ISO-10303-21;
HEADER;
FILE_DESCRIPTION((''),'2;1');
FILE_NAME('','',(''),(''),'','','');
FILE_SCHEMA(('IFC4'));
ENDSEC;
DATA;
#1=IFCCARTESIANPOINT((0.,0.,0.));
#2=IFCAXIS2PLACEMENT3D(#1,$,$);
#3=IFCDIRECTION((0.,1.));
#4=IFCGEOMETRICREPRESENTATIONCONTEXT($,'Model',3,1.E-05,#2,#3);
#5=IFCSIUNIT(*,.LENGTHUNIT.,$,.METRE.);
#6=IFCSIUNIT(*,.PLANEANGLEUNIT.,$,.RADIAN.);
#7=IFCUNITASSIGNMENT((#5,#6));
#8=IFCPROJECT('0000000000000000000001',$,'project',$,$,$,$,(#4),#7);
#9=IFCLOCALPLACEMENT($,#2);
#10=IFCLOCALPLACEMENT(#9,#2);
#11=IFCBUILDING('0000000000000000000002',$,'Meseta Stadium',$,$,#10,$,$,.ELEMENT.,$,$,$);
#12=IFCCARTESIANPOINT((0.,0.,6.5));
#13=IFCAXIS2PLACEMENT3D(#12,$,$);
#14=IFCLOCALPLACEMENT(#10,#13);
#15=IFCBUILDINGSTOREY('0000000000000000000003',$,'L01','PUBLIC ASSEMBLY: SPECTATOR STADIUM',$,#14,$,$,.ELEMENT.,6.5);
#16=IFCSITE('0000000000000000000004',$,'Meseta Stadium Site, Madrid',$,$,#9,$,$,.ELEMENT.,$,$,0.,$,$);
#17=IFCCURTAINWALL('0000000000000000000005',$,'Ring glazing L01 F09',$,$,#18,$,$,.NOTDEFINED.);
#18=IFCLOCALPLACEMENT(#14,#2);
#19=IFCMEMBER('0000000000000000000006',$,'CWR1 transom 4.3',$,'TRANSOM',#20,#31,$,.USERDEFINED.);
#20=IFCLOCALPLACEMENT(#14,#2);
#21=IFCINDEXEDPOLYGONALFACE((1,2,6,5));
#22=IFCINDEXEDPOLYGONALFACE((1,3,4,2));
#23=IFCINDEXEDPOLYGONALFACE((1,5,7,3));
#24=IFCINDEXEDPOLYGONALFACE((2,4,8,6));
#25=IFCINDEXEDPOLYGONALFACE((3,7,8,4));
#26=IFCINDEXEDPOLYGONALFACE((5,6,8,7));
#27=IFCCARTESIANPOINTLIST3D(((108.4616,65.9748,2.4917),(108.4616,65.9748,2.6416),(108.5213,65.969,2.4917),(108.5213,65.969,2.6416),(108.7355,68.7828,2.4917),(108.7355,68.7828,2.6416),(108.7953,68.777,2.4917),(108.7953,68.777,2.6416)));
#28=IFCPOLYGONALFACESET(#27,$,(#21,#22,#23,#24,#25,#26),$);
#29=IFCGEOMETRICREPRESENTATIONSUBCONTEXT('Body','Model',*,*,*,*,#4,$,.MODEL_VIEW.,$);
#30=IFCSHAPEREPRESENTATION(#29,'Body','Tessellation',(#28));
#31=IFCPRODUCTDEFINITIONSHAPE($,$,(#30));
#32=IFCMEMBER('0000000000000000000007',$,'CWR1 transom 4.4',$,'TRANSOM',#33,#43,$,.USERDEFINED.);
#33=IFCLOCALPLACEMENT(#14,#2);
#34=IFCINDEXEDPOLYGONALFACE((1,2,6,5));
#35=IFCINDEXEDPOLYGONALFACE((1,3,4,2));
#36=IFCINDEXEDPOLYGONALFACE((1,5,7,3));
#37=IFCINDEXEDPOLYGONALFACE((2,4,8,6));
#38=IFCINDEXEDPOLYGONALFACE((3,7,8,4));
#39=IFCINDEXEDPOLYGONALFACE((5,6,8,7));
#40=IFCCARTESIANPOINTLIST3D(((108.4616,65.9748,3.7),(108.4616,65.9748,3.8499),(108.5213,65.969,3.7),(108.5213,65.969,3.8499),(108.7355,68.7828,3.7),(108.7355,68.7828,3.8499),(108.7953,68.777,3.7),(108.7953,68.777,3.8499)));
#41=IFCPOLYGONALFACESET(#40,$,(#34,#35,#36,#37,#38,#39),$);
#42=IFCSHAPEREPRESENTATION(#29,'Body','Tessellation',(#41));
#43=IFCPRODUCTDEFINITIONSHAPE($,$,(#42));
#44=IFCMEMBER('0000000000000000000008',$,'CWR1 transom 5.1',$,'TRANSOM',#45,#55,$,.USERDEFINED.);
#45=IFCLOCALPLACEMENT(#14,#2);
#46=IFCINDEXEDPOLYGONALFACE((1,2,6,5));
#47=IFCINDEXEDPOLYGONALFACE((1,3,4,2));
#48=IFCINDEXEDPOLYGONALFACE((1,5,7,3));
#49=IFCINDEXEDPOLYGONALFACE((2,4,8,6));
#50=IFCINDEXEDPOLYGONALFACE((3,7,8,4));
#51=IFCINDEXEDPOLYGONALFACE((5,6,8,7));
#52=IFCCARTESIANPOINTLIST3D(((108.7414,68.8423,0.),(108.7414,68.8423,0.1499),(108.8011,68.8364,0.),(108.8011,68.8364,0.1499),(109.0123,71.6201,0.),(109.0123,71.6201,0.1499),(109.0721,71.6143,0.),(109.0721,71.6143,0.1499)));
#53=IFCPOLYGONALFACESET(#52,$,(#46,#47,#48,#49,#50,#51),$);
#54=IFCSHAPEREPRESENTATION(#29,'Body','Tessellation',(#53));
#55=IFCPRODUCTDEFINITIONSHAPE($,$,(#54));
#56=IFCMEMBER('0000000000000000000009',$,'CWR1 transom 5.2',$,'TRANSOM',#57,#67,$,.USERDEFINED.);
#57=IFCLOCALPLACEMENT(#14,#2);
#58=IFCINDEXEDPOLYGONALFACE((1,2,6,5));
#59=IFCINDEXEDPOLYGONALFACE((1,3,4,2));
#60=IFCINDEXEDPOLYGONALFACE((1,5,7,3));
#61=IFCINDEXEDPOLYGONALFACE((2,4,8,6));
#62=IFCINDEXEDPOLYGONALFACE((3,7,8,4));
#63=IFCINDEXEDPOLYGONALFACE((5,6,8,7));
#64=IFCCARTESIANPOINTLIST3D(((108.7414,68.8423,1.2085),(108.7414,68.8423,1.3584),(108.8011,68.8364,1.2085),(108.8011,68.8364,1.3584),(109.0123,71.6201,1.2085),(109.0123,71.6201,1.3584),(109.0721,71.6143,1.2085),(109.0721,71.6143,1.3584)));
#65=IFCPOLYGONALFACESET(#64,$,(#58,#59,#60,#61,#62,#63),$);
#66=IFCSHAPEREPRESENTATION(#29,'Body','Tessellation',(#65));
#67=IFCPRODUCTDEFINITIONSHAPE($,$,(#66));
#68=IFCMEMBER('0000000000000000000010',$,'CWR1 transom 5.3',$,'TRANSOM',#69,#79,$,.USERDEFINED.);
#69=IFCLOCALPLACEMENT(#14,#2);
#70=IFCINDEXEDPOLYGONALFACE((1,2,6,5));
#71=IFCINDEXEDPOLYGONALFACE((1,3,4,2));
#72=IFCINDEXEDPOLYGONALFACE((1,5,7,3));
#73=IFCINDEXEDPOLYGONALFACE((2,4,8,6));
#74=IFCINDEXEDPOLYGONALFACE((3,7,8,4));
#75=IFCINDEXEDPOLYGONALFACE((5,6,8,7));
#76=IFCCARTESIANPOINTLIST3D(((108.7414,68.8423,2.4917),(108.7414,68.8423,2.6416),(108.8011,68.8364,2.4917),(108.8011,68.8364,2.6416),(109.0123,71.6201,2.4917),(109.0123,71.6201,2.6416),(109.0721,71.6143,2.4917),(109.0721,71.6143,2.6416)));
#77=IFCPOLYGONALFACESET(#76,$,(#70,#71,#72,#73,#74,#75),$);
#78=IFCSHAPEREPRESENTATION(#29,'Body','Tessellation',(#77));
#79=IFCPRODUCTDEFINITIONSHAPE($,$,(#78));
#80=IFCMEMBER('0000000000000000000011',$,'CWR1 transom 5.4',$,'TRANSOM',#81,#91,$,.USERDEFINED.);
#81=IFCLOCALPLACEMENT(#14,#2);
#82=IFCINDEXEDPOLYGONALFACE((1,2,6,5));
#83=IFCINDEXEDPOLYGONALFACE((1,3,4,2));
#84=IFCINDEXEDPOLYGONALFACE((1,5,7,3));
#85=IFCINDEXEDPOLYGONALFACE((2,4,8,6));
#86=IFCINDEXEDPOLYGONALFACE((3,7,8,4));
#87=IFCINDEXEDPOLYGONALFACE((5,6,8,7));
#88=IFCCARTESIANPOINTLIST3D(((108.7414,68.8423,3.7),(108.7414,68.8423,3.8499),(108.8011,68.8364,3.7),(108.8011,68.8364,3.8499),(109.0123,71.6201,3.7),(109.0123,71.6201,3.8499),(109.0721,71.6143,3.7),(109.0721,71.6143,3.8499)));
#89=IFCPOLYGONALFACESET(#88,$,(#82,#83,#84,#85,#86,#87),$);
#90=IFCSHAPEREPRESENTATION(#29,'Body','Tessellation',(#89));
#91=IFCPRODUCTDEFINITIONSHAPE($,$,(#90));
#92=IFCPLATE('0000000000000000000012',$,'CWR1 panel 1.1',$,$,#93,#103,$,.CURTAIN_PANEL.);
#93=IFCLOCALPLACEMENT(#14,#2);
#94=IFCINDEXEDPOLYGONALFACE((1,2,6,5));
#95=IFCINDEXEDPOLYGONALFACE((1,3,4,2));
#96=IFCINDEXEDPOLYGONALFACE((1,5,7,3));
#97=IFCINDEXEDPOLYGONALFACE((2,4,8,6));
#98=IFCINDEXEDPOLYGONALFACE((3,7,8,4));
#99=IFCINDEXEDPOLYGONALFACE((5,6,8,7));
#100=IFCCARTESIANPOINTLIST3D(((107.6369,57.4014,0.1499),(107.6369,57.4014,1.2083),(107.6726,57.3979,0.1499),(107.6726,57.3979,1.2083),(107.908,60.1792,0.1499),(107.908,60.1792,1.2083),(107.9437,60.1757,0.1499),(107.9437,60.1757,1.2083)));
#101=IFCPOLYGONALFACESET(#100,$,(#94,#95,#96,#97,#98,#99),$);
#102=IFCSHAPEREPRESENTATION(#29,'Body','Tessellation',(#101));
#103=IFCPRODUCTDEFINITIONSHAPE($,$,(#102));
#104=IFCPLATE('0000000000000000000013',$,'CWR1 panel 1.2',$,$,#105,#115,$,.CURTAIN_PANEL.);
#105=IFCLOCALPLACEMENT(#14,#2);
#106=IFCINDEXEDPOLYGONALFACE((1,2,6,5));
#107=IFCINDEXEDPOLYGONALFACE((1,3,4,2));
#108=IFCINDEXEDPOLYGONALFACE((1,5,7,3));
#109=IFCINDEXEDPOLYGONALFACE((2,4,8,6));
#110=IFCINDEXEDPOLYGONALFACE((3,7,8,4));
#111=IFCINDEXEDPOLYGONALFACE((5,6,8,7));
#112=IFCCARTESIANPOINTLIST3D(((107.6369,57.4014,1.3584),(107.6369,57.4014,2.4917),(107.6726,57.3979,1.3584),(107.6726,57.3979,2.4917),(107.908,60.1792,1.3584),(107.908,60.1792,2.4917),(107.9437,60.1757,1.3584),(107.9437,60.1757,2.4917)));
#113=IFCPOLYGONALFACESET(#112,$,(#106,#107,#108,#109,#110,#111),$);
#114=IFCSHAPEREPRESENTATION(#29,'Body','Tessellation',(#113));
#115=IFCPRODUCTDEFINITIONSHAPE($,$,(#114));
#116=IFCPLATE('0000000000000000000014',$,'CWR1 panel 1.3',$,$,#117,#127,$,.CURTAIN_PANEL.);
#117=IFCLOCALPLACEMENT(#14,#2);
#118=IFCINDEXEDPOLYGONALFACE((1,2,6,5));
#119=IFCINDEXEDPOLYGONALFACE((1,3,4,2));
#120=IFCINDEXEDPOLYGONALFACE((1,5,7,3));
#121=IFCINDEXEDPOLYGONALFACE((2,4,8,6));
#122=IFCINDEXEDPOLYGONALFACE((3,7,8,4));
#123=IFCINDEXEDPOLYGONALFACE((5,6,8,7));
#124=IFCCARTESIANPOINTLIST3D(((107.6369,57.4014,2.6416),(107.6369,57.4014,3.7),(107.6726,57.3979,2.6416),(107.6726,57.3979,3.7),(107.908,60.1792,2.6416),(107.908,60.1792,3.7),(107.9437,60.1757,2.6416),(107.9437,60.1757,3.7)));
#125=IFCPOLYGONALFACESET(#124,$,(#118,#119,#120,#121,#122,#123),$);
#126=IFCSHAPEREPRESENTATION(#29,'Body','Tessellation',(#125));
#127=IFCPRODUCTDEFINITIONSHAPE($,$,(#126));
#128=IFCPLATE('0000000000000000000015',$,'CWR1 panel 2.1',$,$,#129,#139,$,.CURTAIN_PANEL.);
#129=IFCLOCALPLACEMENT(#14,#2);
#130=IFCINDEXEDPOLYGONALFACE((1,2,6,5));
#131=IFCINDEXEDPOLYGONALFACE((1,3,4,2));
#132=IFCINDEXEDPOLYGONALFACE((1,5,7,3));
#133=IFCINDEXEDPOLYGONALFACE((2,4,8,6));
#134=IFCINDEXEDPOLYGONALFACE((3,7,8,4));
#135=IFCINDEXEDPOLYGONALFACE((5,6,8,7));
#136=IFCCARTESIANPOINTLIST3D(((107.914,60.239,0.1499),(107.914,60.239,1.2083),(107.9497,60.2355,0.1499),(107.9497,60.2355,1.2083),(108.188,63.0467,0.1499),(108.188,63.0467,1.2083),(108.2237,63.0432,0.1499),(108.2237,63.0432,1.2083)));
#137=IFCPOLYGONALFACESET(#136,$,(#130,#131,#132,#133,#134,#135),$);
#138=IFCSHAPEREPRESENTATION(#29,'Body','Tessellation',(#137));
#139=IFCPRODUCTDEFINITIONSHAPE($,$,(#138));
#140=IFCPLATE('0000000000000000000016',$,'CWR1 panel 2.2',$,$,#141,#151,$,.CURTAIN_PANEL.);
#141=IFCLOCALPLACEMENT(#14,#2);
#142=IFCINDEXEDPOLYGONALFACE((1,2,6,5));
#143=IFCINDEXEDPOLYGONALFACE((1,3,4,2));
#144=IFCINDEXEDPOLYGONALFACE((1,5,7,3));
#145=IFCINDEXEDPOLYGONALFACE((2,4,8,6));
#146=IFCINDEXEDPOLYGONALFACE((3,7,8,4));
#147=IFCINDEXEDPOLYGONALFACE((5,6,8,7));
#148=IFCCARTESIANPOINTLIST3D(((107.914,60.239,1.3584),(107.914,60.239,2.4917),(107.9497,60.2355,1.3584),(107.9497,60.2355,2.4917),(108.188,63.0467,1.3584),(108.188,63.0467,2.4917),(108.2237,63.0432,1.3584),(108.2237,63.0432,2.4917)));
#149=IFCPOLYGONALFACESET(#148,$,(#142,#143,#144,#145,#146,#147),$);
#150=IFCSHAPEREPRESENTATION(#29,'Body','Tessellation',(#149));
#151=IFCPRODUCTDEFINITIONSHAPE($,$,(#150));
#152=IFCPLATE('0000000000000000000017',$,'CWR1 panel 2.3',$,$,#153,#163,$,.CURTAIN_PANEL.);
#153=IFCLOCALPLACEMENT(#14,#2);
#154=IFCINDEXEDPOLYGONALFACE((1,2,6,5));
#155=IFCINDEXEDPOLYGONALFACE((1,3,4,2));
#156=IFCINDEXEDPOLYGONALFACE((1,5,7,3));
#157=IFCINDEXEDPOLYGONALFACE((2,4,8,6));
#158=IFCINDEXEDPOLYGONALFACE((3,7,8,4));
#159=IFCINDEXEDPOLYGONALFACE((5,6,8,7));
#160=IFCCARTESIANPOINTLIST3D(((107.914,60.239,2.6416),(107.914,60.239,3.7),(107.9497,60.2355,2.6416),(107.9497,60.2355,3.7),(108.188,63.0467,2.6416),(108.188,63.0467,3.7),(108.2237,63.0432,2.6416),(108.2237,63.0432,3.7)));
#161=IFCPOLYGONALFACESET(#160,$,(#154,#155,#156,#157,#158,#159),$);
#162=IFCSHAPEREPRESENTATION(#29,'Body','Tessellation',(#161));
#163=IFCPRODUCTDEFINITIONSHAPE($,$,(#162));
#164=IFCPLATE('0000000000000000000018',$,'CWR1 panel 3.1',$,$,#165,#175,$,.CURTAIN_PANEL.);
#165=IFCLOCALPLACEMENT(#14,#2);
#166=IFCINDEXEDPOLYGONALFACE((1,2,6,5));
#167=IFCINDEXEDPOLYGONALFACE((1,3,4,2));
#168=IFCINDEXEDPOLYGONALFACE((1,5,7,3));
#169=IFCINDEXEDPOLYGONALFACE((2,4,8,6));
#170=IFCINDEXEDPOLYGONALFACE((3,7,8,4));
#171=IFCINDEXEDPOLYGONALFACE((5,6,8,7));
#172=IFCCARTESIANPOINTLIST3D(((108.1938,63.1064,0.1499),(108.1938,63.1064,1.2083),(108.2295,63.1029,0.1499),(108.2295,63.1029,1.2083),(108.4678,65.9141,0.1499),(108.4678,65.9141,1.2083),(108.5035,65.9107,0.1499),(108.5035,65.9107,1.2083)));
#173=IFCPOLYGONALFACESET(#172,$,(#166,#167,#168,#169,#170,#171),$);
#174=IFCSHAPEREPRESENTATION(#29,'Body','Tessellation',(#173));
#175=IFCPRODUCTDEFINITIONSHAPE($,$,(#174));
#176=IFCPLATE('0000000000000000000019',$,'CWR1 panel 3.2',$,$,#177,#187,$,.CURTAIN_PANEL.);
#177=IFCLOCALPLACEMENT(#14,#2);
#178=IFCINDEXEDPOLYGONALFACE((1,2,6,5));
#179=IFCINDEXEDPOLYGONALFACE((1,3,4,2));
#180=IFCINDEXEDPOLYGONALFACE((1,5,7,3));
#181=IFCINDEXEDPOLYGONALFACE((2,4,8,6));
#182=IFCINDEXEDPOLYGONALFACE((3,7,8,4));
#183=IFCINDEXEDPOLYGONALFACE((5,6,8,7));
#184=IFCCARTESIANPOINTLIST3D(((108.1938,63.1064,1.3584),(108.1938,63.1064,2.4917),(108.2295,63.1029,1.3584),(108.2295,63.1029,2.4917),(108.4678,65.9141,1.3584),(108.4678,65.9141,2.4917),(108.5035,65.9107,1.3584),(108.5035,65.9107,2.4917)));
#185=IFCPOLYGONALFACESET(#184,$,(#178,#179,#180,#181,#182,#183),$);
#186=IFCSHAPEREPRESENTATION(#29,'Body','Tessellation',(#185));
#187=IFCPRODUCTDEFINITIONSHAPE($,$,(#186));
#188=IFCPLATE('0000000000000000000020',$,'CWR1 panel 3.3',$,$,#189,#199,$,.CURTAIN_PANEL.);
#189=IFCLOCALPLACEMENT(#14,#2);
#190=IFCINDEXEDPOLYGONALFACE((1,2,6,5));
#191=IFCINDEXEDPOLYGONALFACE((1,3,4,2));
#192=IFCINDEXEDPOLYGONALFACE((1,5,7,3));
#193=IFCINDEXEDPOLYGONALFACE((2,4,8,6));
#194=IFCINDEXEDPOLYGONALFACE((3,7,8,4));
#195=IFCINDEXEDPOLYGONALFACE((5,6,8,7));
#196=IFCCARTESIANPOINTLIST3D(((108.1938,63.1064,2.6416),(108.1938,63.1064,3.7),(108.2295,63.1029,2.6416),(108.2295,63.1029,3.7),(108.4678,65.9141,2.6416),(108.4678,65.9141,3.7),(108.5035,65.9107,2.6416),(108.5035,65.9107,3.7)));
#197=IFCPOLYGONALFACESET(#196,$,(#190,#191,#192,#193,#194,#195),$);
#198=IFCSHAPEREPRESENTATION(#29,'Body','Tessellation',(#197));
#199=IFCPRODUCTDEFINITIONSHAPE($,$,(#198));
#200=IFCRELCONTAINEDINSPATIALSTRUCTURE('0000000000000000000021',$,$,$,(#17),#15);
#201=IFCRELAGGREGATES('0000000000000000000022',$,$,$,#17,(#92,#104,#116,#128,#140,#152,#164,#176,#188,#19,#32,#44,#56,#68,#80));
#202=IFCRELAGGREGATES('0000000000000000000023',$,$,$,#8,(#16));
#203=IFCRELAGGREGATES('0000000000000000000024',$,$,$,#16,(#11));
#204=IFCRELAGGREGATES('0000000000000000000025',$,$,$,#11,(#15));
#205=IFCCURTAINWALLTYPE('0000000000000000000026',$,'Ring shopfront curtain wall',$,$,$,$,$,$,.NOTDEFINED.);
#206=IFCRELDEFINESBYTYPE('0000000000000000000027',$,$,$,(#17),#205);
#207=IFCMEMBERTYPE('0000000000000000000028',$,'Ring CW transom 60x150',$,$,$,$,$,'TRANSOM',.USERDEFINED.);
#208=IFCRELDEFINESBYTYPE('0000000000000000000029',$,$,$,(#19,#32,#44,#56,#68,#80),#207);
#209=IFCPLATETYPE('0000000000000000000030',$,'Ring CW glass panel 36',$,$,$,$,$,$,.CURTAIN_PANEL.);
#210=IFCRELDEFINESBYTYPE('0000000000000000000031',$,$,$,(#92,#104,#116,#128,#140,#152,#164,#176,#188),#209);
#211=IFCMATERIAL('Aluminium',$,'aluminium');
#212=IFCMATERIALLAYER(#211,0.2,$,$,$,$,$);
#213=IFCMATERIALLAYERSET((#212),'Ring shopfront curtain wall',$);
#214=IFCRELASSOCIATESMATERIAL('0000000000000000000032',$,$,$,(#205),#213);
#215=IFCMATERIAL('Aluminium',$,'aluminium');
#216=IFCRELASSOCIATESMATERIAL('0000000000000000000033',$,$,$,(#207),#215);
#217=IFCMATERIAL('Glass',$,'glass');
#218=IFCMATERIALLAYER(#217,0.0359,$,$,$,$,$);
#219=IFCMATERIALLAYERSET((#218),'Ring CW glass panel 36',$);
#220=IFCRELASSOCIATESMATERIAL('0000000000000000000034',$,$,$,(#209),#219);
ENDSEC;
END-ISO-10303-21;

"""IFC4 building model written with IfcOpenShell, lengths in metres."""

from ifc_helpers import new_model, si_unit, direction, frame, origin, origin_2d, place, context, subcontext, project, spatial, rectangle, extrude, material, layer, layer_set, material_profile, profile_set, type_object, element, aggregate, save


model = new_model("IFC4")

# Units and contexts
model_context = context("Model", 3, precision=1e-05, world=origin(), true_north=direction((0.0, 1.0)))
body_context = subcontext(model_context, "Body", "Model", "MODEL_VIEW")
ifc_project = project(units=[si_unit("LENGTHUNIT", "METRE"), si_unit("PLANEANGLEUNIT", "RADIAN")], contexts=[model_context])

# Site, building, storey
site_placement = place(None, origin())
site = spatial("IfcSite", under=ifc_project, at=site_placement, Name="Meseta Stadium Site, Madrid", CompositionType="ELEMENT", RefElevation=0.0)
building_placement = place(site_placement, origin())
building = spatial("IfcBuilding", under=site, at=building_placement, Name="Meseta Stadium", CompositionType="ELEMENT")
storey_placement = place(building_placement, frame((0.0, 0.0, 6.5)))
storey = spatial("IfcBuildingStorey", under=building, at=storey_placement, Name="L01", Description="PUBLIC ASSEMBLY: SPECTATOR STADIUM", CompositionType="ELEMENT", Elevation=6.5)

# Curtain wall, members, plates
ifc_material_1 = material(Name="Aluminium", Category="aluminium")
ifc_layer_1 = layer(ifc_material_1, 0.2)
ifc_layer_set_1 = layer_set([ifc_layer_1], Name="Ring shopfront curtain wall")
curtain_wall_type = type_object("IfcCurtainWallType", Name="Ring shopfront curtain wall", PredefinedType="NOTDEFINED", material=ifc_layer_set_1)
curtain_wall_placement = place(storey_placement, origin())
curtain_wall = element("IfcCurtainWall", 1, at=curtain_wall_placement, inside=storey, type_object=curtain_wall_type, Name="Ring glazing L01 F09", PredefinedType="NOTDEFINED")
ifc_material_2 = material(Name="Aluminium", Category="aluminium")
ifc_material_profile_1 = material_profile(ifc_material_2, rectangle(XDim=0.0601, YDim=0.1499, at=origin_2d()), Name="CW 60x150")
ifc_profile_set_1 = profile_set([ifc_material_profile_1], Name="Aluminium")
member_type_1 = type_object("IfcMemberType", Name="Ring CW transom 60x150", ElementType="TRANSOM", PredefinedType="USERDEFINED", material=ifc_profile_set_1)
member_1_placement = place(storey_placement, frame((108.4915, 65.9719, 2.5667), z_axis=(0.097096, 0.995275, 0.0), x_axis=(-0.995275, 0.097096, 0.0)))
member_1 = element("IfcMember", 2, at=member_1_placement, type_object=member_type_1, Name="CWR1 transom 4.3", ObjectType="TRANSOM", PredefinedType="USERDEFINED", context=body_context, shape_type="SweptSolid", body=[
    extrude(rectangle(XDim=0.0601, YDim=0.1499, at=origin_2d()), origin(), (0.0, 0.0, 1.0), 2.8213),
])
member_2_placement = place(storey_placement, frame((108.4915, 65.9719, 3.7749), z_axis=(0.097096, 0.995275, 0.0), x_axis=(-0.995275, 0.097096, 0.0)))
member_2 = element("IfcMember", 3, at=member_2_placement, type_object=member_type_1, Name="CWR1 transom 4.4", ObjectType="TRANSOM", PredefinedType="USERDEFINED", context=body_context, shape_type="SweptSolid", body=[
    extrude(rectangle(XDim=0.0601, YDim=0.1499, at=origin_2d()), origin(), (0.0, 0.0, 1.0), 2.8213),
])
member_3_placement = place(storey_placement, frame((108.7712, 68.8394, 0.075), z_axis=(0.097096, 0.995275, 0.0), x_axis=(-0.995275, 0.097096, 0.0)))
member_3 = element("IfcMember", 4, at=member_3_placement, type_object=member_type_1, Name="CWR1 transom 5.1", ObjectType="TRANSOM", PredefinedType="USERDEFINED", context=body_context, shape_type="SweptSolid", body=[
    extrude(rectangle(XDim=0.0601, YDim=0.1499, at=origin_2d()), origin(), (0.0, 0.0, 1.0), 2.791),
])
member_4_placement = place(storey_placement, frame((108.7712, 68.8394, 1.2834), z_axis=(0.097096, 0.995275, 0.0), x_axis=(-0.995275, 0.097096, 0.0)))
member_4 = element("IfcMember", 5, at=member_4_placement, type_object=member_type_1, Name="CWR1 transom 5.2", ObjectType="TRANSOM", PredefinedType="USERDEFINED", context=body_context, shape_type="SweptSolid", body=[
    extrude(rectangle(XDim=0.0601, YDim=0.1499, at=origin_2d()), origin(), (0.0, 0.0, 1.0), 2.791),
])
member_5_placement = place(storey_placement, frame((108.7712, 68.8394, 2.5667), z_axis=(0.097096, 0.995275, 0.0), x_axis=(-0.995275, 0.097096, 0.0)))
member_5 = element("IfcMember", 6, at=member_5_placement, type_object=member_type_1, Name="CWR1 transom 5.3", ObjectType="TRANSOM", PredefinedType="USERDEFINED", context=body_context, shape_type="SweptSolid", body=[
    extrude(rectangle(XDim=0.0601, YDim=0.1499, at=origin_2d()), origin(), (0.0, 0.0, 1.0), 2.791),
])
member_6_placement = place(storey_placement, frame((108.7712, 68.8394, 3.7749), z_axis=(0.097096, 0.995275, 0.0), x_axis=(-0.995275, 0.097096, 0.0)))
member_6 = element("IfcMember", 7, at=member_6_placement, type_object=member_type_1, Name="CWR1 transom 5.4", ObjectType="TRANSOM", PredefinedType="USERDEFINED", context=body_context, shape_type="SweptSolid", body=[
    extrude(rectangle(XDim=0.0601, YDim=0.1499, at=origin_2d()), origin(), (0.0, 0.0, 1.0), 2.791),
])
ifc_material_3 = material(Name="Glass", Category="glass")
ifc_layer_2 = layer(ifc_material_3, 0.0359)
ifc_layer_set_2 = layer_set([ifc_layer_2], Name="Ring CW glass panel 36")
plate_type_1 = type_object("IfcPlateType", Name="Ring CW glass panel 36", PredefinedType="CURTAIN_PANEL", material=ifc_layer_set_2)
plate_1_placement = place(storey_placement, frame((107.7903, 58.7886, 0.1499), z_axis=(0.0, 0.0, 1.0), x_axis=(0.097125, 0.995272, 0.0)))
plate_1 = element("IfcPlate", 8, at=plate_1_placement, type_object=plate_type_1, Name="CWR1 panel 1.1", PredefinedType="CURTAIN_PANEL", context=body_context, shape_type="SweptSolid", body=[
    extrude(rectangle(XDim=2.791, YDim=0.0359, at=origin_2d()), origin(), (0.0, 0.0, 1.0), 1.0583),
])
plate_2_placement = place(storey_placement, frame((107.7903, 58.7886, 1.3584), z_axis=(0.0, 0.0, 1.0), x_axis=(0.097125, 0.995272, 0.0)))
plate_2 = element("IfcPlate", 9, at=plate_2_placement, type_object=plate_type_1, Name="CWR1 panel 1.2", PredefinedType="CURTAIN_PANEL", context=body_context, shape_type="SweptSolid", body=[
    extrude(rectangle(XDim=2.791, YDim=0.0359, at=origin_2d()), origin(), (0.0, 0.0, 1.0), 1.1333),
])
plate_3_placement = place(storey_placement, frame((107.7903, 58.7886, 2.6416), z_axis=(0.0, 0.0, 1.0), x_axis=(0.097125, 0.995272, 0.0)))
plate_3 = element("IfcPlate", 10, at=plate_3_placement, type_object=plate_type_1, Name="CWR1 panel 1.3", PredefinedType="CURTAIN_PANEL", context=body_context, shape_type="SweptSolid", body=[
    extrude(rectangle(XDim=2.791, YDim=0.0359, at=origin_2d()), origin(), (0.0, 0.0, 1.0), 1.0583),
])
plate_4_placement = place(storey_placement, frame((108.0688, 61.6411, 0.1499), z_axis=(0.0, 0.0, 1.0), x_axis=(0.097125, 0.995272, 0.0)))
plate_4 = element("IfcPlate", 11, at=plate_4_placement, type_object=plate_type_1, Name="CWR1 panel 2.1", PredefinedType="CURTAIN_PANEL", context=body_context, shape_type="SweptSolid", body=[
    extrude(rectangle(XDim=2.821, YDim=0.0359, at=origin_2d()), origin(), (0.0, 0.0, 1.0), 1.0583),
])
plate_5_placement = place(storey_placement, frame((108.0688, 61.6411, 1.3584), z_axis=(0.0, 0.0, 1.0), x_axis=(0.097125, 0.995272, 0.0)))
plate_5 = element("IfcPlate", 12, at=plate_5_placement, type_object=plate_type_1, Name="CWR1 panel 2.2", PredefinedType="CURTAIN_PANEL", context=body_context, shape_type="SweptSolid", body=[
    extrude(rectangle(XDim=2.821, YDim=0.0359, at=origin_2d()), origin(), (0.0, 0.0, 1.0), 1.1333),
])
plate_6_placement = place(storey_placement, frame((108.0688, 61.6411, 2.6416), z_axis=(0.0, 0.0, 1.0), x_axis=(0.097125, 0.995272, 0.0)))
plate_6 = element("IfcPlate", 13, at=plate_6_placement, type_object=plate_type_1, Name="CWR1 panel 2.3", PredefinedType="CURTAIN_PANEL", context=body_context, shape_type="SweptSolid", body=[
    extrude(rectangle(XDim=2.821, YDim=0.0359, at=origin_2d()), origin(), (0.0, 0.0, 1.0), 1.0583),
])
plate_7_placement = place(storey_placement, frame((108.3486, 64.5085, 0.1499), z_axis=(0.0, 0.0, 1.0), x_axis=(0.097125, 0.995272, 0.0)))
plate_7 = element("IfcPlate", 14, at=plate_7_placement, type_object=plate_type_1, Name="CWR1 panel 3.1", PredefinedType="CURTAIN_PANEL", context=body_context, shape_type="SweptSolid", body=[
    extrude(rectangle(XDim=2.821, YDim=0.0359, at=origin_2d()), origin(), (0.0, 0.0, 1.0), 1.0583),
])
plate_8_placement = place(storey_placement, frame((108.3486, 64.5085, 1.3584), z_axis=(0.0, 0.0, 1.0), x_axis=(0.097125, 0.995272, 0.0)))
plate_8 = element("IfcPlate", 15, at=plate_8_placement, type_object=plate_type_1, Name="CWR1 panel 3.2", PredefinedType="CURTAIN_PANEL", context=body_context, shape_type="SweptSolid", body=[
    extrude(rectangle(XDim=2.821, YDim=0.0359, at=origin_2d()), origin(), (0.0, 0.0, 1.0), 1.1333),
])
plate_9_placement = place(storey_placement, frame((108.3486, 64.5085, 2.6416), z_axis=(0.0, 0.0, 1.0), x_axis=(0.097125, 0.995272, 0.0)))
plate_9 = element("IfcPlate", 16, at=plate_9_placement, type_object=plate_type_1, Name="CWR1 panel 3.3", PredefinedType="CURTAIN_PANEL", context=body_context, shape_type="SweptSolid", body=[
    extrude(rectangle(XDim=2.821, YDim=0.0359, at=origin_2d()), origin(), (0.0, 0.0, 1.0), 1.0583),
])
aggregate(curtain_wall, [plate_1, plate_2, plate_3, plate_4, plate_5, plate_6, plate_7, plate_8, plate_9, member_1, member_2, member_3, member_4, member_5, member_6])

save(model, "model.ifc")
